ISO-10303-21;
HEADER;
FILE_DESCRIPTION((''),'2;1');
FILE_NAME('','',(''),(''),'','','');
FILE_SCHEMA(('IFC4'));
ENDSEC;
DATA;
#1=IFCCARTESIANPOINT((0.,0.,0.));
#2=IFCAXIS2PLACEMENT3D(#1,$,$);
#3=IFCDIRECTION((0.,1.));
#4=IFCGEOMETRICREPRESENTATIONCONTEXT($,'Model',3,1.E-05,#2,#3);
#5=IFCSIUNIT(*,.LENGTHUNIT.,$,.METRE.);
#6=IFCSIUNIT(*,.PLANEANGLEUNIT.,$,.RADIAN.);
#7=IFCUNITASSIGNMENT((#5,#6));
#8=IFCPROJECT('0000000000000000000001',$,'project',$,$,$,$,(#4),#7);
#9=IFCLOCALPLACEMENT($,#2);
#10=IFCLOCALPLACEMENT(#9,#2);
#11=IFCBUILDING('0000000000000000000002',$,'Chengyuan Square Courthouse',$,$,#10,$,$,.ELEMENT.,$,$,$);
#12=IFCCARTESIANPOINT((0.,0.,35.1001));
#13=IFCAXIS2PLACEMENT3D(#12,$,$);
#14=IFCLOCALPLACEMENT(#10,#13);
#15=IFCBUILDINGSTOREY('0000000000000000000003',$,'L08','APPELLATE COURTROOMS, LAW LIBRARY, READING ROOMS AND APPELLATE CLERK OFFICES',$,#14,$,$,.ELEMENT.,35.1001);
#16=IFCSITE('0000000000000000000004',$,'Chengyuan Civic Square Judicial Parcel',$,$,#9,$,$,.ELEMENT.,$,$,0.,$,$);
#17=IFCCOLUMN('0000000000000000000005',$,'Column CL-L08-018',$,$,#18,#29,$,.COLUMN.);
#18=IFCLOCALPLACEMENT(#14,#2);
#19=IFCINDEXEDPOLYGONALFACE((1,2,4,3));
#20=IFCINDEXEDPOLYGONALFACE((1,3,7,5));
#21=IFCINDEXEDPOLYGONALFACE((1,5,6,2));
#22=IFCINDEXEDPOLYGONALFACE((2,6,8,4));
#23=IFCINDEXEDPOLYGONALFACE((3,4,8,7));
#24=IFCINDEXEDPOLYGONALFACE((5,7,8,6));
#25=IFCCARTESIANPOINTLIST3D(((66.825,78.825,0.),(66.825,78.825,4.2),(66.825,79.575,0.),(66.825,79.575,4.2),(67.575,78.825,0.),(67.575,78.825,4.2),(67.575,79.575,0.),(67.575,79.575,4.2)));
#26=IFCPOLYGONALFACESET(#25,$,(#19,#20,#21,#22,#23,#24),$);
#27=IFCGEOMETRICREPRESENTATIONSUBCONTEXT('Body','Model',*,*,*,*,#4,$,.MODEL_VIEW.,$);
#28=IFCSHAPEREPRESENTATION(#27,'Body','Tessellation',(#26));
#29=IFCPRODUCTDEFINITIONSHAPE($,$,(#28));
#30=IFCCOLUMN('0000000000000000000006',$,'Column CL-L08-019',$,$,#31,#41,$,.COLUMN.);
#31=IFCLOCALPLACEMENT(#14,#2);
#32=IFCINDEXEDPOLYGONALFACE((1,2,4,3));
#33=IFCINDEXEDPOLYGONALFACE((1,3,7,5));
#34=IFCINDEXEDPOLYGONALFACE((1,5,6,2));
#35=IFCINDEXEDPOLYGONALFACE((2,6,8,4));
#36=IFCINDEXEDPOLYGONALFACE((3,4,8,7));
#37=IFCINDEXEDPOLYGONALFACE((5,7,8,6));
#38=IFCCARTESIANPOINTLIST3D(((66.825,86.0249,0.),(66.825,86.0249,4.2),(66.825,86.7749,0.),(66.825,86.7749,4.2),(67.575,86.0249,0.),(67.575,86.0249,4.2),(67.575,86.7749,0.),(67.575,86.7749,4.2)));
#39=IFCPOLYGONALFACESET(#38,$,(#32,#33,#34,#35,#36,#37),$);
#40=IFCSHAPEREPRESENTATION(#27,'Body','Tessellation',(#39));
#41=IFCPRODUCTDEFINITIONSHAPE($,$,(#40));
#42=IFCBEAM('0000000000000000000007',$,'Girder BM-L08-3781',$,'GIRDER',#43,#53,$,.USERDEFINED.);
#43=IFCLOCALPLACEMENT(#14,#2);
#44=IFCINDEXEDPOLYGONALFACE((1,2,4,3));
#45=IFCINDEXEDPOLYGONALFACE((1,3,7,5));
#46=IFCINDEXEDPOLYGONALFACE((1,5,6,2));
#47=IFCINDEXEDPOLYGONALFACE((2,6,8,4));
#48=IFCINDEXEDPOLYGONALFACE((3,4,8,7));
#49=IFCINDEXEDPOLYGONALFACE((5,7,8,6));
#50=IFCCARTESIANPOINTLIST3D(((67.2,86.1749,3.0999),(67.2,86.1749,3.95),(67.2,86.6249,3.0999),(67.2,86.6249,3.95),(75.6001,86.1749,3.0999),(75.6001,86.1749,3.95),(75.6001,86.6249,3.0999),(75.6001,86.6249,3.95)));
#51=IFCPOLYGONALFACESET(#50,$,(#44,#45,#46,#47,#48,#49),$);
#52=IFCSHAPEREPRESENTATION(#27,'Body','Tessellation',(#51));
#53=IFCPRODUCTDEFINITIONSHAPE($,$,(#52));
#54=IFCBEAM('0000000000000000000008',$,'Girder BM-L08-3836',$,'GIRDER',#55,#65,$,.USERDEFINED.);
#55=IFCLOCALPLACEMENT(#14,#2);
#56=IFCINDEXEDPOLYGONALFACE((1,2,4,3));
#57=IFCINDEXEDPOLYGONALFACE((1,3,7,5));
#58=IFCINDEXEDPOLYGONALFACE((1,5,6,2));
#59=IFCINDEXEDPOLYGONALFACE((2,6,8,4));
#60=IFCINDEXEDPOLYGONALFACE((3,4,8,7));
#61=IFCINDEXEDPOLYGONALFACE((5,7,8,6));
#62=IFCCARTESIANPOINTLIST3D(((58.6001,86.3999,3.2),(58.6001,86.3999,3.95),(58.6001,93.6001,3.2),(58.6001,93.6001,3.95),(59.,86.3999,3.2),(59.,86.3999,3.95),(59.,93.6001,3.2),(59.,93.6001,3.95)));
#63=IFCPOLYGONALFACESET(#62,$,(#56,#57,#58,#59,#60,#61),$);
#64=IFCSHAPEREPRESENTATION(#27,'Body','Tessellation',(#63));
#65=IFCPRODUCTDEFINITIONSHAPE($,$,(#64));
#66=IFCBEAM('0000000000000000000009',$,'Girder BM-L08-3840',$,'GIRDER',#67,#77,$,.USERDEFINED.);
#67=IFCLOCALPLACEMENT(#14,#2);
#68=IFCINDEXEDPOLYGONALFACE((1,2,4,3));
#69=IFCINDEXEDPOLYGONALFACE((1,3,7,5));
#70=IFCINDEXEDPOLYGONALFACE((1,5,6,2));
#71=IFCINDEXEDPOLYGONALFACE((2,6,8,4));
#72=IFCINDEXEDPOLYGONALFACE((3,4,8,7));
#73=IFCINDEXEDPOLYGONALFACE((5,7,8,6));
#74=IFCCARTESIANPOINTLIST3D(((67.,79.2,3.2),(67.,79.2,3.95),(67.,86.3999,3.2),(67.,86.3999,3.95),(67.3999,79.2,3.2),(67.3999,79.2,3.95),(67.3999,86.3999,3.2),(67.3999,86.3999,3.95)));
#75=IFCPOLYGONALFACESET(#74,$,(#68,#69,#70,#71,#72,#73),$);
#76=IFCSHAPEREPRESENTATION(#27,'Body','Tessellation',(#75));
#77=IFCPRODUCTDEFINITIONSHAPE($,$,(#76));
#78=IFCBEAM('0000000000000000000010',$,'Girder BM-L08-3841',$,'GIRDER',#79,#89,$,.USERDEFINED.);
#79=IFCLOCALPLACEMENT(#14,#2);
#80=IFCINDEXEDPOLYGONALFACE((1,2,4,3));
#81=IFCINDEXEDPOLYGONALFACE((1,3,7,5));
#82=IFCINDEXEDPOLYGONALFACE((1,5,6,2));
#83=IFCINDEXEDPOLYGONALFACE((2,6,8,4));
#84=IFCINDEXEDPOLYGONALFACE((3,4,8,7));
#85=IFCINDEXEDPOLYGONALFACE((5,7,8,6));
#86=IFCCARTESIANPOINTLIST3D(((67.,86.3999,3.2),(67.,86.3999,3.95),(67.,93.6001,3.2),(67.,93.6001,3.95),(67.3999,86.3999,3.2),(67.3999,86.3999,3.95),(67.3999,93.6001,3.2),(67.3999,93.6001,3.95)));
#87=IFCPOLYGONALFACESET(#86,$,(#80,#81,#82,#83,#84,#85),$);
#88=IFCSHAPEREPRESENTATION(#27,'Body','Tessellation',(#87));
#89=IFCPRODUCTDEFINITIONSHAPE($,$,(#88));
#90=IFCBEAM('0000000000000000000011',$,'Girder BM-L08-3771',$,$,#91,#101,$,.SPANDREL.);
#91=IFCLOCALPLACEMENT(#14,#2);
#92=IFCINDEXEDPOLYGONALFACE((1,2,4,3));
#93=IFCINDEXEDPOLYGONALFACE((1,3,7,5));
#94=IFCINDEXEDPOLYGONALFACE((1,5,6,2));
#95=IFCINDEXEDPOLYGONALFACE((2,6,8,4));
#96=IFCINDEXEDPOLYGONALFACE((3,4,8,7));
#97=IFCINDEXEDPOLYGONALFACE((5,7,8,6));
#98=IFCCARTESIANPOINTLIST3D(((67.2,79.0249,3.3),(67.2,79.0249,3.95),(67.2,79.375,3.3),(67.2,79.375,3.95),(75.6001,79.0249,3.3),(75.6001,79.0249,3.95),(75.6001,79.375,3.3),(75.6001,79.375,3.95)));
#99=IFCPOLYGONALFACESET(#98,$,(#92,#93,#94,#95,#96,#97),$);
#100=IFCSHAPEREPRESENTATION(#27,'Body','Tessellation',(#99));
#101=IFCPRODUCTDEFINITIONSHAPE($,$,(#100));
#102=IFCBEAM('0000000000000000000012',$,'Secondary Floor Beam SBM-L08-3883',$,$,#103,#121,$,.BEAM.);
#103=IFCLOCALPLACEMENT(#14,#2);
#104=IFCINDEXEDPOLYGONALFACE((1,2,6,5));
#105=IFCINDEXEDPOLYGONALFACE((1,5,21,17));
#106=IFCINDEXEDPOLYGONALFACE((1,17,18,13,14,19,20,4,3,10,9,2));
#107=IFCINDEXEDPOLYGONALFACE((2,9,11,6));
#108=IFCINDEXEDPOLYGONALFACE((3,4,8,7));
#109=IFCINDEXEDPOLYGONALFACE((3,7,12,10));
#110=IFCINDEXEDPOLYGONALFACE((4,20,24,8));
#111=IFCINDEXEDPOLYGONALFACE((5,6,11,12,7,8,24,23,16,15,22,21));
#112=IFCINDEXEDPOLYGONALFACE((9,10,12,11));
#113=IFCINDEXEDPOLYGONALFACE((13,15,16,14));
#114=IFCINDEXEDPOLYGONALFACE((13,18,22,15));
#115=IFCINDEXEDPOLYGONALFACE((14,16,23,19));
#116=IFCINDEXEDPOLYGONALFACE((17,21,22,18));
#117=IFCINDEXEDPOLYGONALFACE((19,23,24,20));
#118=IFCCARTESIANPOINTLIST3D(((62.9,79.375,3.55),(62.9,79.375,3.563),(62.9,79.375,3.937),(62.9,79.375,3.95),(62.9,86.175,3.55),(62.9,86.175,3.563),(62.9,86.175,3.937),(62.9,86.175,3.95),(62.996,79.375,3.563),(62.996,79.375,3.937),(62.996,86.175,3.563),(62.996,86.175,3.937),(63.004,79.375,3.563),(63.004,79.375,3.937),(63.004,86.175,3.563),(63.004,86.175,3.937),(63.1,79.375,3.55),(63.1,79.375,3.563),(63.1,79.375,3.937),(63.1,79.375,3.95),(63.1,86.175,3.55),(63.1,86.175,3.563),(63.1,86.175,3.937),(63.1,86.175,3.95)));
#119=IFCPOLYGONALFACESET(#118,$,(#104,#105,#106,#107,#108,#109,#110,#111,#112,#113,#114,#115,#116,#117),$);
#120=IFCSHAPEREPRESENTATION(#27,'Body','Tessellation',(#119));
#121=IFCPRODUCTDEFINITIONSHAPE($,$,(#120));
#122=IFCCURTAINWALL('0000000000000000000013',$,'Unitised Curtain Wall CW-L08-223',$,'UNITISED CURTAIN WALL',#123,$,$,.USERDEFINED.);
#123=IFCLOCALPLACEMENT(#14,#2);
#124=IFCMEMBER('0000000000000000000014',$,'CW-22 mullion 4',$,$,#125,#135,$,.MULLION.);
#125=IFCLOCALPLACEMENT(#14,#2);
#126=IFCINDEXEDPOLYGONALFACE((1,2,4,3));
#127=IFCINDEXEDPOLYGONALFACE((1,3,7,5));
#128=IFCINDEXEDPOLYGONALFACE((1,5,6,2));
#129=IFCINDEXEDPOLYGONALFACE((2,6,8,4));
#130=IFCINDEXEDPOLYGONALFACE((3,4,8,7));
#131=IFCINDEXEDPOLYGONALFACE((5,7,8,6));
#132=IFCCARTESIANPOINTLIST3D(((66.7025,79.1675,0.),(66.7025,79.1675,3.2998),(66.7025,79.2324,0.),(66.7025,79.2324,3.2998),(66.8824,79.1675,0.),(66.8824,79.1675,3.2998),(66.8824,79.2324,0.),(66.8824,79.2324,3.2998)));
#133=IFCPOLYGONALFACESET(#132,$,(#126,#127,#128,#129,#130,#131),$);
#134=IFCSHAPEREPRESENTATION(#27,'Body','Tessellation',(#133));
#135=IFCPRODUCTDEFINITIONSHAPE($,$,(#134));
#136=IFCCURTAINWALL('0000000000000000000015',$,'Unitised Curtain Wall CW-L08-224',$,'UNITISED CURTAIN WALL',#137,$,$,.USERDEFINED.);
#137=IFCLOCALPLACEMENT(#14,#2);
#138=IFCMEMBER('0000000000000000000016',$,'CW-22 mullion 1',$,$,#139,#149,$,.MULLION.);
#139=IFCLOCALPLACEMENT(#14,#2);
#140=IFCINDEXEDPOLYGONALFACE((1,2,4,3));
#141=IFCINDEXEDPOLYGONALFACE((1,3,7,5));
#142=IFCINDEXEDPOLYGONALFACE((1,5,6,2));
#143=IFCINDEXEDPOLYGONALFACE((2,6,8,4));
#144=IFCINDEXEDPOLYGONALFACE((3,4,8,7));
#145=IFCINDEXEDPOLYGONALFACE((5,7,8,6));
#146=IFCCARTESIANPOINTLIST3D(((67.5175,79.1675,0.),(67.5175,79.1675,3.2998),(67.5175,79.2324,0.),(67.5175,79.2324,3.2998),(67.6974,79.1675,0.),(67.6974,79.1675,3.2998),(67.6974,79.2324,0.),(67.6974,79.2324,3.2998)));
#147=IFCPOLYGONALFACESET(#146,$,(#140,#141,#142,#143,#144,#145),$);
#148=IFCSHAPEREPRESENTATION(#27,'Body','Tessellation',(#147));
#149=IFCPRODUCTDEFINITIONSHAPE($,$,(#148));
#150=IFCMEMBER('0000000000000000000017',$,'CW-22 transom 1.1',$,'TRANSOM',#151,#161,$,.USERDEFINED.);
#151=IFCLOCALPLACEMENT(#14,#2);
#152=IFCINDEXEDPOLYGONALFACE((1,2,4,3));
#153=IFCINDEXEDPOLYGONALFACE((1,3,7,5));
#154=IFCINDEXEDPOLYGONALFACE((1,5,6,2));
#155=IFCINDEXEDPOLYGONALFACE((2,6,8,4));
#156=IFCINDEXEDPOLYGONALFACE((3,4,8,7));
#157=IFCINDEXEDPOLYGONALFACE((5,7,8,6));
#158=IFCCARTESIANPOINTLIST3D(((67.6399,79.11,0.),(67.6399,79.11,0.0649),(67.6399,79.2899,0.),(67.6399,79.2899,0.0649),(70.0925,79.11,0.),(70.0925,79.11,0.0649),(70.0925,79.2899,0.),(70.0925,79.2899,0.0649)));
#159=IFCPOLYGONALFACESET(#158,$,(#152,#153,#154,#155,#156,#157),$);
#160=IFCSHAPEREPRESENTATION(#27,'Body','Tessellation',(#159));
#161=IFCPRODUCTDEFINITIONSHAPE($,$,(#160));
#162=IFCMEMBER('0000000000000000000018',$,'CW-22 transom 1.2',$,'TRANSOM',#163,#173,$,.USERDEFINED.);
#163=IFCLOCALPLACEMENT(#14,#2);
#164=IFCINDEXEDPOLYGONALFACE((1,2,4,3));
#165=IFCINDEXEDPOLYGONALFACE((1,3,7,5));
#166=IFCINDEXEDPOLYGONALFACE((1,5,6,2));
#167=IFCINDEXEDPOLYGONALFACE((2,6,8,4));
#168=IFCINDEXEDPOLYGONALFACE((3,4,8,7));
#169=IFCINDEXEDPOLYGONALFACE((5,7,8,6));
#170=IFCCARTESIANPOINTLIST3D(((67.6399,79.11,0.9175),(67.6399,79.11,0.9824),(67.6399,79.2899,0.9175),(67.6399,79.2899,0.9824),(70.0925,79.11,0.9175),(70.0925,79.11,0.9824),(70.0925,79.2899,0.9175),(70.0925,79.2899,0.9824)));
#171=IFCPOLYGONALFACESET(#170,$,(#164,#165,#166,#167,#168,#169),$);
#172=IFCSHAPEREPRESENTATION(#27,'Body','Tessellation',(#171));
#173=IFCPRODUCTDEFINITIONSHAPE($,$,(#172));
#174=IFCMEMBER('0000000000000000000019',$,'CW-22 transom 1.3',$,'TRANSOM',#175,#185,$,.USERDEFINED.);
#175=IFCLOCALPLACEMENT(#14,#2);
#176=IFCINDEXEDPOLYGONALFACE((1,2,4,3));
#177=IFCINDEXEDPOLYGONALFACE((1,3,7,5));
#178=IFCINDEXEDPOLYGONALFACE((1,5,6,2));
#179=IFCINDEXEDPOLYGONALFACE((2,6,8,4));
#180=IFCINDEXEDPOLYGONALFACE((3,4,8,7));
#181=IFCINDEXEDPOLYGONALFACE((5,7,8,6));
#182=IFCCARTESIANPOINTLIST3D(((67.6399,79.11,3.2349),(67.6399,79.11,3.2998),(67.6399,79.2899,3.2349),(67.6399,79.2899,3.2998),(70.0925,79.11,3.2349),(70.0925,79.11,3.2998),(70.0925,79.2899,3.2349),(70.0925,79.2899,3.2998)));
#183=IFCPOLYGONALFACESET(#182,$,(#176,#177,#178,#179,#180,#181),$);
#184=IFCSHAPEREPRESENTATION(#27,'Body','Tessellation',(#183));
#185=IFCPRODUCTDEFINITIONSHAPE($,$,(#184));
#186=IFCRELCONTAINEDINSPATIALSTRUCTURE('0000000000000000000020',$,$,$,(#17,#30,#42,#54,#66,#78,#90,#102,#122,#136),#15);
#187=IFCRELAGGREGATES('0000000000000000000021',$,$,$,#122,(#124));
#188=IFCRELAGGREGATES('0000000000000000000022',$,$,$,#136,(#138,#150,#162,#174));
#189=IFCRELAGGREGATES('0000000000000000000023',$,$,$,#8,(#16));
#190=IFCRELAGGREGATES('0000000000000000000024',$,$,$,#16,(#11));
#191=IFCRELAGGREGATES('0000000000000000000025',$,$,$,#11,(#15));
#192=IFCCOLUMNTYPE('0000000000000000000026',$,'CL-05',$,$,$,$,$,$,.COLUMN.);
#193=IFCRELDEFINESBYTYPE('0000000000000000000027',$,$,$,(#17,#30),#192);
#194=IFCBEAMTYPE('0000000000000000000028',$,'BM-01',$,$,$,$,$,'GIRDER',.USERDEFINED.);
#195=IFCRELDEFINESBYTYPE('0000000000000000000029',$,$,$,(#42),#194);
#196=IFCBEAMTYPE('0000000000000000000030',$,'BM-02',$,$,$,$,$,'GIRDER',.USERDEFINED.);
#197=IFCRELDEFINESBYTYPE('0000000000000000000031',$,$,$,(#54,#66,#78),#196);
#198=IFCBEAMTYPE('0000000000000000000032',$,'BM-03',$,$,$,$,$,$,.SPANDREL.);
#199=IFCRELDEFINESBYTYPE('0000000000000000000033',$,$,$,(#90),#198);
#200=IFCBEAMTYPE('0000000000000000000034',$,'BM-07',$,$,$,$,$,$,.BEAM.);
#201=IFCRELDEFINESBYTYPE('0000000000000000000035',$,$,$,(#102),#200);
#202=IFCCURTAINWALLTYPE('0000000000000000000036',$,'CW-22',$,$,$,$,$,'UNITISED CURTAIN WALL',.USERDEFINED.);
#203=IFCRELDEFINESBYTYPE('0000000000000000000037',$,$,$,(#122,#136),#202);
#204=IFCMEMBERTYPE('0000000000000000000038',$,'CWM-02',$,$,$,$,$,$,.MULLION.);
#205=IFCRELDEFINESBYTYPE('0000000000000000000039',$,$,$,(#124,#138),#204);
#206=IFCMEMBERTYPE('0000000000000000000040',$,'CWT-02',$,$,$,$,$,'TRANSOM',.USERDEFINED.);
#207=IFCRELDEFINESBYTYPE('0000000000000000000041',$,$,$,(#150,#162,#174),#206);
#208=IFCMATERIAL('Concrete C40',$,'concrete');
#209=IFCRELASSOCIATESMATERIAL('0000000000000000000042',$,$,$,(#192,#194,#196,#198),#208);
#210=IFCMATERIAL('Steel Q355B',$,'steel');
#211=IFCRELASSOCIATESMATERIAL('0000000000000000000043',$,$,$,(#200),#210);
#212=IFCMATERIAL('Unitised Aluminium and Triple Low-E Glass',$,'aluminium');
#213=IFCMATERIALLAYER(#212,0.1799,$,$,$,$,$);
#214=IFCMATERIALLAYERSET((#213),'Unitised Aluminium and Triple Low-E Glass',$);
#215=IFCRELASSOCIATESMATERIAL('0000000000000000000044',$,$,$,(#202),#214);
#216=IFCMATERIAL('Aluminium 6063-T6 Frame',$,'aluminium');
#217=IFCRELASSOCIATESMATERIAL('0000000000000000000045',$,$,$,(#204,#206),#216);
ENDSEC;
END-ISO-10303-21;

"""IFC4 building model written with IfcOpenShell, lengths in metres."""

from ifc_helpers import new_model, si_unit, direction, frame, origin, origin_2d, place, context, subcontext, project, spatial, rectangle, i_section, extrude, material, layer, layer_set, material_profile, profile_set, type_object, element, aggregate, save


model = new_model("IFC4")

# Units and contexts
model_context = context("Model", 3, precision=1e-05, world=origin(), true_north=direction((0.0, 1.0)))
body_context = subcontext(model_context, "Body", "Model", "MODEL_VIEW")
ifc_project = project(units=[si_unit("LENGTHUNIT", "METRE"), si_unit("PLANEANGLEUNIT", "RADIAN")], contexts=[model_context])

# Site, building, storey
site_placement = place(None, origin())
site = spatial("IfcSite", under=ifc_project, at=site_placement, Name="Chengyuan Civic Square Judicial Parcel", CompositionType="ELEMENT", RefElevation=0.0)
building_placement = place(site_placement, origin())
building = spatial("IfcBuilding", under=site, at=building_placement, Name="Chengyuan Square Courthouse", CompositionType="ELEMENT")
storey_placement = place(building_placement, frame((0.0, 0.0, 35.1001)))
storey = spatial("IfcBuildingStorey", under=building, at=storey_placement, Name="L08", Description="APPELLATE COURTROOMS, LAW LIBRARY, READING ROOMS AND APPELLATE CLERK OFFICES", CompositionType="ELEMENT", Elevation=35.1001)

# Columns
ifc_material_1 = material(Name="Concrete C40", Category="concrete")
ifc_material_profile_1 = material_profile(ifc_material_1, rectangle(XDim=0.75, YDim=0.75, at=origin_2d()), Name="RC-COL-750x750")
ifc_profile_set_1 = profile_set([ifc_material_profile_1], Name="Concrete C40")
column_type = type_object("IfcColumnType", Name="CL-05", PredefinedType="COLUMN", material=ifc_profile_set_1)
for number, where, z_axis, x_axis, name in (
    (1, (67.2, 79.2, 0.0), (0.0, 0.0, 1.0), (1.0, 0.0, 0.0), "Column CL-L08-018"),
    (2, (67.2, 86.3999, 0.0), (0.0, 0.0, 1.0), (1.0, 0.0, 0.0), "Column CL-L08-019"),
):
    element("IfcColumn", number, at=place(storey_placement, frame(where, z_axis=z_axis, x_axis=x_axis)), inside=storey, type_object=column_type, Name=name, PredefinedType="COLUMN", context=body_context, shape_type="SweptSolid", body=[
        extrude(rectangle(XDim=0.75, YDim=0.75, at=origin_2d()), origin(), (0.0, 0.0, 1.0), 4.2),
    ])

# Beams
ifc_material_profile_2 = material_profile(ifc_material_1, rectangle(XDim=0.45, YDim=0.8501, at=origin_2d()), Name="RC-BM-450x850")
ifc_profile_set_2 = profile_set([ifc_material_profile_2], Name="Concrete C40")
beam_type_1 = type_object("IfcBeamType", Name="BM-01", ElementType="GIRDER", PredefinedType="USERDEFINED", material=ifc_profile_set_2)
beam_1_placement = place(storey_placement, frame((67.2, 86.3999, 3.5249), z_axis=(1.0, 0.0, 0.0), x_axis=(0.0, 1.0, 0.0)))
element("IfcBeam", 3, at=beam_1_placement, inside=storey, type_object=beam_type_1, Name="Girder BM-L08-3781", ObjectType="GIRDER", PredefinedType="USERDEFINED", context=body_context, shape_type="SweptSolid", body=[
    extrude(rectangle(XDim=0.45, YDim=0.8501, at=origin_2d()), origin(), (0.0, 0.0, 1.0), 8.4001),
])
ifc_material_profile_3 = material_profile(ifc_material_1, rectangle(XDim=0.3999, YDim=0.75, at=origin_2d()), Name="RC-BM-400x750")
ifc_profile_set_3 = profile_set([ifc_material_profile_3], Name="Concrete C40")
beam_type_2 = type_object("IfcBeamType", Name="BM-02", ElementType="GIRDER", PredefinedType="USERDEFINED", material=ifc_profile_set_3)
beam_2_placement = place(storey_placement, frame((58.8, 86.3999, 3.575), z_axis=(0.0, 1.0, 0.0), x_axis=(-1.0, 0.0, 0.0)))
element("IfcBeam", 4, at=beam_2_placement, inside=storey, type_object=beam_type_2, Name="Girder BM-L08-3836", ObjectType="GIRDER", PredefinedType="USERDEFINED", context=body_context, shape_type="SweptSolid", body=[
    extrude(rectangle(XDim=0.3999, YDim=0.75, at=origin_2d()), origin(), (0.0, 0.0, 1.0), 7.2002),
])
beam_3_placement = place(storey_placement, frame((67.2, 79.2, 3.575), z_axis=(0.0, 1.0, 0.0), x_axis=(-1.0, 0.0, 0.0)))
element("IfcBeam", 5, at=beam_3_placement, inside=storey, type_object=beam_type_2, Name="Girder BM-L08-3840", ObjectType="GIRDER", PredefinedType="USERDEFINED", context=body_context, shape_type="SweptSolid", body=[
    extrude(rectangle(XDim=0.3999, YDim=0.75, at=origin_2d()), origin(), (0.0, 0.0, 1.0), 7.2),
])
beam_4_placement = place(storey_placement, frame((67.2, 86.3999, 3.575), z_axis=(0.0, 1.0, 0.0), x_axis=(-1.0, 0.0, 0.0)))
element("IfcBeam", 6, at=beam_4_placement, inside=storey, type_object=beam_type_2, Name="Girder BM-L08-3841", ObjectType="GIRDER", PredefinedType="USERDEFINED", context=body_context, shape_type="SweptSolid", body=[
    extrude(rectangle(XDim=0.3999, YDim=0.75, at=origin_2d()), origin(), (0.0, 0.0, 1.0), 7.2002),
])
ifc_material_profile_4 = material_profile(ifc_material_1, rectangle(XDim=0.3501, YDim=0.6499, at=origin_2d()), Name="RC-BM-350x650")
ifc_profile_set_4 = profile_set([ifc_material_profile_4], Name="Concrete C40")
beam_type_3 = type_object("IfcBeamType", Name="BM-03", PredefinedType="SPANDREL", material=ifc_profile_set_4)
beam_5_placement = place(storey_placement, frame((67.2, 79.2, 3.625), z_axis=(1.0, 0.0, 0.0), x_axis=(0.0, 1.0, 0.0)))
element("IfcBeam", 7, at=beam_5_placement, inside=storey, type_object=beam_type_3, Name="Girder BM-L08-3771", PredefinedType="SPANDREL", context=body_context, shape_type="SweptSolid", body=[
    extrude(rectangle(XDim=0.3501, YDim=0.6499, at=origin_2d()), origin(), (0.0, 0.0, 1.0), 8.4001),
])
ifc_material_2 = material(Name="Steel Q355B", Category="steel")
ifc_material_profile_5 = material_profile(ifc_material_2, i_section(OverallWidth=0.2, OverallDepth=0.3999, WebThickness=0.0081, FlangeThickness=0.0129, at=origin_2d()), Name="HN 400x200x8x13")
ifc_profile_set_5 = profile_set([ifc_material_profile_5], Name="Steel Q355B")
beam_type_4 = type_object("IfcBeamType", Name="BM-07", PredefinedType="BEAM", material=ifc_profile_set_5)
beam_6_placement = place(storey_placement, frame((63.0, 79.375, 3.75), z_axis=(0.0, 1.0, 0.0), x_axis=(-1.0, 0.0, 0.0)))
element("IfcBeam", 8, at=beam_6_placement, inside=storey, type_object=beam_type_4, Name="Secondary Floor Beam SBM-L08-3883", PredefinedType="BEAM", context=body_context, shape_type="SweptSolid", body=[
    extrude(i_section(OverallWidth=0.2, OverallDepth=0.3999, WebThickness=0.0081, FlangeThickness=0.0129, at=origin_2d()), origin(), (0.0, 0.0, 1.0), 6.8),
])

# Curtain wall, member
ifc_material_3 = material(Name="Unitised Aluminium and Triple Low-E Glass", Category="aluminium")
ifc_layer_1 = layer(ifc_material_3, 0.1799)
ifc_layer_set_1 = layer_set([ifc_layer_1], Name="Unitised Aluminium and Triple Low-E Glass")
curtain_wall_type = type_object("IfcCurtainWallType", Name="CW-22", ElementType="UNITISED CURTAIN WALL", PredefinedType="USERDEFINED", material=ifc_layer_set_1)
curtain_wall_1_placement = place(storey_placement, origin())
curtain_wall_1 = element("IfcCurtainWall", 9, at=curtain_wall_1_placement, inside=storey, type_object=curtain_wall_type, Name="Unitised Curtain Wall CW-L08-223", ObjectType="UNITISED CURTAIN WALL", PredefinedType="USERDEFINED")
ifc_material_4 = material(Name="Aluminium 6063-T6 Frame", Category="aluminium")
ifc_material_profile_6 = material_profile(ifc_material_4, rectangle(XDim=0.0649, YDim=0.1799, at=origin_2d()), Name="CW-MUL-65x180")
ifc_profile_set_6 = profile_set([ifc_material_profile_6], Name="Aluminium 6063-T6 Frame")
member_type_1 = type_object("IfcMemberType", Name="CWM-02", PredefinedType="MULLION", material=ifc_profile_set_6)
member_1_placement = place(storey_placement, frame((66.7925, 79.2, 0.0), z_axis=(0.0, 0.0, 1.0), x_axis=(0.0, 1.0, 0.0)))
member_1 = element("IfcMember", 10, at=member_1_placement, type_object=member_type_1, Name="CW-22 mullion 4", PredefinedType="MULLION", context=body_context, shape_type="SweptSolid", body=[
    extrude(rectangle(XDim=0.0649, YDim=0.1799, at=origin_2d()), origin(), (0.0, 0.0, 1.0), 3.2998),
])

# Curtain wall, members
curtain_wall_2_placement = place(storey_placement, origin())
curtain_wall_2 = element("IfcCurtainWall", 11, at=curtain_wall_2_placement, inside=storey, type_object=curtain_wall_type, Name="Unitised Curtain Wall CW-L08-224", ObjectType="UNITISED CURTAIN WALL", PredefinedType="USERDEFINED")
member_2_placement = place(storey_placement, frame((67.6074, 79.2, 0.0), z_axis=(0.0, 0.0, 1.0), x_axis=(0.0, 1.0, 0.0)))
member_2 = element("IfcMember", 12, at=member_2_placement, type_object=member_type_1, Name="CW-22 mullion 1", PredefinedType="MULLION", context=body_context, shape_type="SweptSolid", body=[
    extrude(rectangle(XDim=0.0649, YDim=0.1799, at=origin_2d()), origin(), (0.0, 0.0, 1.0), 3.2998),
])
ifc_material_profile_7 = material_profile(ifc_material_4, rectangle(XDim=0.1799, YDim=0.0649, at=origin_2d()), Name="CW-TRN-65x140")
ifc_profile_set_7 = profile_set([ifc_material_profile_7], Name="Aluminium 6063-T6 Frame")
member_type_2 = type_object("IfcMemberType", Name="CWT-02", ElementType="TRANSOM", PredefinedType="USERDEFINED", material=ifc_profile_set_7)
member_3_placement = place(storey_placement, frame((67.6399, 79.2, 0.0325), z_axis=(1.0, 0.0, 0.0), x_axis=(0.0, 1.0, 0.0)))
member_3 = element("IfcMember", 13, at=member_3_placement, type_object=member_type_2, Name="CW-22 transom 1.1", ObjectType="TRANSOM", PredefinedType="USERDEFINED", context=body_context, shape_type="SweptSolid", body=[
    extrude(rectangle(XDim=0.1799, YDim=0.0649, at=origin_2d()), origin(), (0.0, 0.0, 1.0), 2.4526),
])
member_4_placement = place(storey_placement, frame((67.6399, 79.2, 0.95), z_axis=(1.0, 0.0, 0.0), x_axis=(0.0, 1.0, 0.0)))
member_4 = element("IfcMember", 14, at=member_4_placement, type_object=member_type_2, Name="CW-22 transom 1.2", ObjectType="TRANSOM", PredefinedType="USERDEFINED", context=body_context, shape_type="SweptSolid", body=[
    extrude(rectangle(XDim=0.1799, YDim=0.0649, at=origin_2d()), origin(), (0.0, 0.0, 1.0), 2.4526),
])
member_5_placement = place(storey_placement, frame((67.6399, 79.2, 3.2673), z_axis=(1.0, 0.0, 0.0), x_axis=(0.0, 1.0, 0.0)))
member_5 = element("IfcMember", 15, at=member_5_placement, type_object=member_type_2, Name="CW-22 transom 1.3", ObjectType="TRANSOM", PredefinedType="USERDEFINED", context=body_context, shape_type="SweptSolid", body=[
    extrude(rectangle(XDim=0.1799, YDim=0.0649, at=origin_2d()), origin(), (0.0, 0.0, 1.0), 2.4526),
])

aggregate(curtain_wall_1, [member_1])
aggregate(curtain_wall_2, [member_2, member_3, member_4, member_5])

save(model, "model.ifc")
